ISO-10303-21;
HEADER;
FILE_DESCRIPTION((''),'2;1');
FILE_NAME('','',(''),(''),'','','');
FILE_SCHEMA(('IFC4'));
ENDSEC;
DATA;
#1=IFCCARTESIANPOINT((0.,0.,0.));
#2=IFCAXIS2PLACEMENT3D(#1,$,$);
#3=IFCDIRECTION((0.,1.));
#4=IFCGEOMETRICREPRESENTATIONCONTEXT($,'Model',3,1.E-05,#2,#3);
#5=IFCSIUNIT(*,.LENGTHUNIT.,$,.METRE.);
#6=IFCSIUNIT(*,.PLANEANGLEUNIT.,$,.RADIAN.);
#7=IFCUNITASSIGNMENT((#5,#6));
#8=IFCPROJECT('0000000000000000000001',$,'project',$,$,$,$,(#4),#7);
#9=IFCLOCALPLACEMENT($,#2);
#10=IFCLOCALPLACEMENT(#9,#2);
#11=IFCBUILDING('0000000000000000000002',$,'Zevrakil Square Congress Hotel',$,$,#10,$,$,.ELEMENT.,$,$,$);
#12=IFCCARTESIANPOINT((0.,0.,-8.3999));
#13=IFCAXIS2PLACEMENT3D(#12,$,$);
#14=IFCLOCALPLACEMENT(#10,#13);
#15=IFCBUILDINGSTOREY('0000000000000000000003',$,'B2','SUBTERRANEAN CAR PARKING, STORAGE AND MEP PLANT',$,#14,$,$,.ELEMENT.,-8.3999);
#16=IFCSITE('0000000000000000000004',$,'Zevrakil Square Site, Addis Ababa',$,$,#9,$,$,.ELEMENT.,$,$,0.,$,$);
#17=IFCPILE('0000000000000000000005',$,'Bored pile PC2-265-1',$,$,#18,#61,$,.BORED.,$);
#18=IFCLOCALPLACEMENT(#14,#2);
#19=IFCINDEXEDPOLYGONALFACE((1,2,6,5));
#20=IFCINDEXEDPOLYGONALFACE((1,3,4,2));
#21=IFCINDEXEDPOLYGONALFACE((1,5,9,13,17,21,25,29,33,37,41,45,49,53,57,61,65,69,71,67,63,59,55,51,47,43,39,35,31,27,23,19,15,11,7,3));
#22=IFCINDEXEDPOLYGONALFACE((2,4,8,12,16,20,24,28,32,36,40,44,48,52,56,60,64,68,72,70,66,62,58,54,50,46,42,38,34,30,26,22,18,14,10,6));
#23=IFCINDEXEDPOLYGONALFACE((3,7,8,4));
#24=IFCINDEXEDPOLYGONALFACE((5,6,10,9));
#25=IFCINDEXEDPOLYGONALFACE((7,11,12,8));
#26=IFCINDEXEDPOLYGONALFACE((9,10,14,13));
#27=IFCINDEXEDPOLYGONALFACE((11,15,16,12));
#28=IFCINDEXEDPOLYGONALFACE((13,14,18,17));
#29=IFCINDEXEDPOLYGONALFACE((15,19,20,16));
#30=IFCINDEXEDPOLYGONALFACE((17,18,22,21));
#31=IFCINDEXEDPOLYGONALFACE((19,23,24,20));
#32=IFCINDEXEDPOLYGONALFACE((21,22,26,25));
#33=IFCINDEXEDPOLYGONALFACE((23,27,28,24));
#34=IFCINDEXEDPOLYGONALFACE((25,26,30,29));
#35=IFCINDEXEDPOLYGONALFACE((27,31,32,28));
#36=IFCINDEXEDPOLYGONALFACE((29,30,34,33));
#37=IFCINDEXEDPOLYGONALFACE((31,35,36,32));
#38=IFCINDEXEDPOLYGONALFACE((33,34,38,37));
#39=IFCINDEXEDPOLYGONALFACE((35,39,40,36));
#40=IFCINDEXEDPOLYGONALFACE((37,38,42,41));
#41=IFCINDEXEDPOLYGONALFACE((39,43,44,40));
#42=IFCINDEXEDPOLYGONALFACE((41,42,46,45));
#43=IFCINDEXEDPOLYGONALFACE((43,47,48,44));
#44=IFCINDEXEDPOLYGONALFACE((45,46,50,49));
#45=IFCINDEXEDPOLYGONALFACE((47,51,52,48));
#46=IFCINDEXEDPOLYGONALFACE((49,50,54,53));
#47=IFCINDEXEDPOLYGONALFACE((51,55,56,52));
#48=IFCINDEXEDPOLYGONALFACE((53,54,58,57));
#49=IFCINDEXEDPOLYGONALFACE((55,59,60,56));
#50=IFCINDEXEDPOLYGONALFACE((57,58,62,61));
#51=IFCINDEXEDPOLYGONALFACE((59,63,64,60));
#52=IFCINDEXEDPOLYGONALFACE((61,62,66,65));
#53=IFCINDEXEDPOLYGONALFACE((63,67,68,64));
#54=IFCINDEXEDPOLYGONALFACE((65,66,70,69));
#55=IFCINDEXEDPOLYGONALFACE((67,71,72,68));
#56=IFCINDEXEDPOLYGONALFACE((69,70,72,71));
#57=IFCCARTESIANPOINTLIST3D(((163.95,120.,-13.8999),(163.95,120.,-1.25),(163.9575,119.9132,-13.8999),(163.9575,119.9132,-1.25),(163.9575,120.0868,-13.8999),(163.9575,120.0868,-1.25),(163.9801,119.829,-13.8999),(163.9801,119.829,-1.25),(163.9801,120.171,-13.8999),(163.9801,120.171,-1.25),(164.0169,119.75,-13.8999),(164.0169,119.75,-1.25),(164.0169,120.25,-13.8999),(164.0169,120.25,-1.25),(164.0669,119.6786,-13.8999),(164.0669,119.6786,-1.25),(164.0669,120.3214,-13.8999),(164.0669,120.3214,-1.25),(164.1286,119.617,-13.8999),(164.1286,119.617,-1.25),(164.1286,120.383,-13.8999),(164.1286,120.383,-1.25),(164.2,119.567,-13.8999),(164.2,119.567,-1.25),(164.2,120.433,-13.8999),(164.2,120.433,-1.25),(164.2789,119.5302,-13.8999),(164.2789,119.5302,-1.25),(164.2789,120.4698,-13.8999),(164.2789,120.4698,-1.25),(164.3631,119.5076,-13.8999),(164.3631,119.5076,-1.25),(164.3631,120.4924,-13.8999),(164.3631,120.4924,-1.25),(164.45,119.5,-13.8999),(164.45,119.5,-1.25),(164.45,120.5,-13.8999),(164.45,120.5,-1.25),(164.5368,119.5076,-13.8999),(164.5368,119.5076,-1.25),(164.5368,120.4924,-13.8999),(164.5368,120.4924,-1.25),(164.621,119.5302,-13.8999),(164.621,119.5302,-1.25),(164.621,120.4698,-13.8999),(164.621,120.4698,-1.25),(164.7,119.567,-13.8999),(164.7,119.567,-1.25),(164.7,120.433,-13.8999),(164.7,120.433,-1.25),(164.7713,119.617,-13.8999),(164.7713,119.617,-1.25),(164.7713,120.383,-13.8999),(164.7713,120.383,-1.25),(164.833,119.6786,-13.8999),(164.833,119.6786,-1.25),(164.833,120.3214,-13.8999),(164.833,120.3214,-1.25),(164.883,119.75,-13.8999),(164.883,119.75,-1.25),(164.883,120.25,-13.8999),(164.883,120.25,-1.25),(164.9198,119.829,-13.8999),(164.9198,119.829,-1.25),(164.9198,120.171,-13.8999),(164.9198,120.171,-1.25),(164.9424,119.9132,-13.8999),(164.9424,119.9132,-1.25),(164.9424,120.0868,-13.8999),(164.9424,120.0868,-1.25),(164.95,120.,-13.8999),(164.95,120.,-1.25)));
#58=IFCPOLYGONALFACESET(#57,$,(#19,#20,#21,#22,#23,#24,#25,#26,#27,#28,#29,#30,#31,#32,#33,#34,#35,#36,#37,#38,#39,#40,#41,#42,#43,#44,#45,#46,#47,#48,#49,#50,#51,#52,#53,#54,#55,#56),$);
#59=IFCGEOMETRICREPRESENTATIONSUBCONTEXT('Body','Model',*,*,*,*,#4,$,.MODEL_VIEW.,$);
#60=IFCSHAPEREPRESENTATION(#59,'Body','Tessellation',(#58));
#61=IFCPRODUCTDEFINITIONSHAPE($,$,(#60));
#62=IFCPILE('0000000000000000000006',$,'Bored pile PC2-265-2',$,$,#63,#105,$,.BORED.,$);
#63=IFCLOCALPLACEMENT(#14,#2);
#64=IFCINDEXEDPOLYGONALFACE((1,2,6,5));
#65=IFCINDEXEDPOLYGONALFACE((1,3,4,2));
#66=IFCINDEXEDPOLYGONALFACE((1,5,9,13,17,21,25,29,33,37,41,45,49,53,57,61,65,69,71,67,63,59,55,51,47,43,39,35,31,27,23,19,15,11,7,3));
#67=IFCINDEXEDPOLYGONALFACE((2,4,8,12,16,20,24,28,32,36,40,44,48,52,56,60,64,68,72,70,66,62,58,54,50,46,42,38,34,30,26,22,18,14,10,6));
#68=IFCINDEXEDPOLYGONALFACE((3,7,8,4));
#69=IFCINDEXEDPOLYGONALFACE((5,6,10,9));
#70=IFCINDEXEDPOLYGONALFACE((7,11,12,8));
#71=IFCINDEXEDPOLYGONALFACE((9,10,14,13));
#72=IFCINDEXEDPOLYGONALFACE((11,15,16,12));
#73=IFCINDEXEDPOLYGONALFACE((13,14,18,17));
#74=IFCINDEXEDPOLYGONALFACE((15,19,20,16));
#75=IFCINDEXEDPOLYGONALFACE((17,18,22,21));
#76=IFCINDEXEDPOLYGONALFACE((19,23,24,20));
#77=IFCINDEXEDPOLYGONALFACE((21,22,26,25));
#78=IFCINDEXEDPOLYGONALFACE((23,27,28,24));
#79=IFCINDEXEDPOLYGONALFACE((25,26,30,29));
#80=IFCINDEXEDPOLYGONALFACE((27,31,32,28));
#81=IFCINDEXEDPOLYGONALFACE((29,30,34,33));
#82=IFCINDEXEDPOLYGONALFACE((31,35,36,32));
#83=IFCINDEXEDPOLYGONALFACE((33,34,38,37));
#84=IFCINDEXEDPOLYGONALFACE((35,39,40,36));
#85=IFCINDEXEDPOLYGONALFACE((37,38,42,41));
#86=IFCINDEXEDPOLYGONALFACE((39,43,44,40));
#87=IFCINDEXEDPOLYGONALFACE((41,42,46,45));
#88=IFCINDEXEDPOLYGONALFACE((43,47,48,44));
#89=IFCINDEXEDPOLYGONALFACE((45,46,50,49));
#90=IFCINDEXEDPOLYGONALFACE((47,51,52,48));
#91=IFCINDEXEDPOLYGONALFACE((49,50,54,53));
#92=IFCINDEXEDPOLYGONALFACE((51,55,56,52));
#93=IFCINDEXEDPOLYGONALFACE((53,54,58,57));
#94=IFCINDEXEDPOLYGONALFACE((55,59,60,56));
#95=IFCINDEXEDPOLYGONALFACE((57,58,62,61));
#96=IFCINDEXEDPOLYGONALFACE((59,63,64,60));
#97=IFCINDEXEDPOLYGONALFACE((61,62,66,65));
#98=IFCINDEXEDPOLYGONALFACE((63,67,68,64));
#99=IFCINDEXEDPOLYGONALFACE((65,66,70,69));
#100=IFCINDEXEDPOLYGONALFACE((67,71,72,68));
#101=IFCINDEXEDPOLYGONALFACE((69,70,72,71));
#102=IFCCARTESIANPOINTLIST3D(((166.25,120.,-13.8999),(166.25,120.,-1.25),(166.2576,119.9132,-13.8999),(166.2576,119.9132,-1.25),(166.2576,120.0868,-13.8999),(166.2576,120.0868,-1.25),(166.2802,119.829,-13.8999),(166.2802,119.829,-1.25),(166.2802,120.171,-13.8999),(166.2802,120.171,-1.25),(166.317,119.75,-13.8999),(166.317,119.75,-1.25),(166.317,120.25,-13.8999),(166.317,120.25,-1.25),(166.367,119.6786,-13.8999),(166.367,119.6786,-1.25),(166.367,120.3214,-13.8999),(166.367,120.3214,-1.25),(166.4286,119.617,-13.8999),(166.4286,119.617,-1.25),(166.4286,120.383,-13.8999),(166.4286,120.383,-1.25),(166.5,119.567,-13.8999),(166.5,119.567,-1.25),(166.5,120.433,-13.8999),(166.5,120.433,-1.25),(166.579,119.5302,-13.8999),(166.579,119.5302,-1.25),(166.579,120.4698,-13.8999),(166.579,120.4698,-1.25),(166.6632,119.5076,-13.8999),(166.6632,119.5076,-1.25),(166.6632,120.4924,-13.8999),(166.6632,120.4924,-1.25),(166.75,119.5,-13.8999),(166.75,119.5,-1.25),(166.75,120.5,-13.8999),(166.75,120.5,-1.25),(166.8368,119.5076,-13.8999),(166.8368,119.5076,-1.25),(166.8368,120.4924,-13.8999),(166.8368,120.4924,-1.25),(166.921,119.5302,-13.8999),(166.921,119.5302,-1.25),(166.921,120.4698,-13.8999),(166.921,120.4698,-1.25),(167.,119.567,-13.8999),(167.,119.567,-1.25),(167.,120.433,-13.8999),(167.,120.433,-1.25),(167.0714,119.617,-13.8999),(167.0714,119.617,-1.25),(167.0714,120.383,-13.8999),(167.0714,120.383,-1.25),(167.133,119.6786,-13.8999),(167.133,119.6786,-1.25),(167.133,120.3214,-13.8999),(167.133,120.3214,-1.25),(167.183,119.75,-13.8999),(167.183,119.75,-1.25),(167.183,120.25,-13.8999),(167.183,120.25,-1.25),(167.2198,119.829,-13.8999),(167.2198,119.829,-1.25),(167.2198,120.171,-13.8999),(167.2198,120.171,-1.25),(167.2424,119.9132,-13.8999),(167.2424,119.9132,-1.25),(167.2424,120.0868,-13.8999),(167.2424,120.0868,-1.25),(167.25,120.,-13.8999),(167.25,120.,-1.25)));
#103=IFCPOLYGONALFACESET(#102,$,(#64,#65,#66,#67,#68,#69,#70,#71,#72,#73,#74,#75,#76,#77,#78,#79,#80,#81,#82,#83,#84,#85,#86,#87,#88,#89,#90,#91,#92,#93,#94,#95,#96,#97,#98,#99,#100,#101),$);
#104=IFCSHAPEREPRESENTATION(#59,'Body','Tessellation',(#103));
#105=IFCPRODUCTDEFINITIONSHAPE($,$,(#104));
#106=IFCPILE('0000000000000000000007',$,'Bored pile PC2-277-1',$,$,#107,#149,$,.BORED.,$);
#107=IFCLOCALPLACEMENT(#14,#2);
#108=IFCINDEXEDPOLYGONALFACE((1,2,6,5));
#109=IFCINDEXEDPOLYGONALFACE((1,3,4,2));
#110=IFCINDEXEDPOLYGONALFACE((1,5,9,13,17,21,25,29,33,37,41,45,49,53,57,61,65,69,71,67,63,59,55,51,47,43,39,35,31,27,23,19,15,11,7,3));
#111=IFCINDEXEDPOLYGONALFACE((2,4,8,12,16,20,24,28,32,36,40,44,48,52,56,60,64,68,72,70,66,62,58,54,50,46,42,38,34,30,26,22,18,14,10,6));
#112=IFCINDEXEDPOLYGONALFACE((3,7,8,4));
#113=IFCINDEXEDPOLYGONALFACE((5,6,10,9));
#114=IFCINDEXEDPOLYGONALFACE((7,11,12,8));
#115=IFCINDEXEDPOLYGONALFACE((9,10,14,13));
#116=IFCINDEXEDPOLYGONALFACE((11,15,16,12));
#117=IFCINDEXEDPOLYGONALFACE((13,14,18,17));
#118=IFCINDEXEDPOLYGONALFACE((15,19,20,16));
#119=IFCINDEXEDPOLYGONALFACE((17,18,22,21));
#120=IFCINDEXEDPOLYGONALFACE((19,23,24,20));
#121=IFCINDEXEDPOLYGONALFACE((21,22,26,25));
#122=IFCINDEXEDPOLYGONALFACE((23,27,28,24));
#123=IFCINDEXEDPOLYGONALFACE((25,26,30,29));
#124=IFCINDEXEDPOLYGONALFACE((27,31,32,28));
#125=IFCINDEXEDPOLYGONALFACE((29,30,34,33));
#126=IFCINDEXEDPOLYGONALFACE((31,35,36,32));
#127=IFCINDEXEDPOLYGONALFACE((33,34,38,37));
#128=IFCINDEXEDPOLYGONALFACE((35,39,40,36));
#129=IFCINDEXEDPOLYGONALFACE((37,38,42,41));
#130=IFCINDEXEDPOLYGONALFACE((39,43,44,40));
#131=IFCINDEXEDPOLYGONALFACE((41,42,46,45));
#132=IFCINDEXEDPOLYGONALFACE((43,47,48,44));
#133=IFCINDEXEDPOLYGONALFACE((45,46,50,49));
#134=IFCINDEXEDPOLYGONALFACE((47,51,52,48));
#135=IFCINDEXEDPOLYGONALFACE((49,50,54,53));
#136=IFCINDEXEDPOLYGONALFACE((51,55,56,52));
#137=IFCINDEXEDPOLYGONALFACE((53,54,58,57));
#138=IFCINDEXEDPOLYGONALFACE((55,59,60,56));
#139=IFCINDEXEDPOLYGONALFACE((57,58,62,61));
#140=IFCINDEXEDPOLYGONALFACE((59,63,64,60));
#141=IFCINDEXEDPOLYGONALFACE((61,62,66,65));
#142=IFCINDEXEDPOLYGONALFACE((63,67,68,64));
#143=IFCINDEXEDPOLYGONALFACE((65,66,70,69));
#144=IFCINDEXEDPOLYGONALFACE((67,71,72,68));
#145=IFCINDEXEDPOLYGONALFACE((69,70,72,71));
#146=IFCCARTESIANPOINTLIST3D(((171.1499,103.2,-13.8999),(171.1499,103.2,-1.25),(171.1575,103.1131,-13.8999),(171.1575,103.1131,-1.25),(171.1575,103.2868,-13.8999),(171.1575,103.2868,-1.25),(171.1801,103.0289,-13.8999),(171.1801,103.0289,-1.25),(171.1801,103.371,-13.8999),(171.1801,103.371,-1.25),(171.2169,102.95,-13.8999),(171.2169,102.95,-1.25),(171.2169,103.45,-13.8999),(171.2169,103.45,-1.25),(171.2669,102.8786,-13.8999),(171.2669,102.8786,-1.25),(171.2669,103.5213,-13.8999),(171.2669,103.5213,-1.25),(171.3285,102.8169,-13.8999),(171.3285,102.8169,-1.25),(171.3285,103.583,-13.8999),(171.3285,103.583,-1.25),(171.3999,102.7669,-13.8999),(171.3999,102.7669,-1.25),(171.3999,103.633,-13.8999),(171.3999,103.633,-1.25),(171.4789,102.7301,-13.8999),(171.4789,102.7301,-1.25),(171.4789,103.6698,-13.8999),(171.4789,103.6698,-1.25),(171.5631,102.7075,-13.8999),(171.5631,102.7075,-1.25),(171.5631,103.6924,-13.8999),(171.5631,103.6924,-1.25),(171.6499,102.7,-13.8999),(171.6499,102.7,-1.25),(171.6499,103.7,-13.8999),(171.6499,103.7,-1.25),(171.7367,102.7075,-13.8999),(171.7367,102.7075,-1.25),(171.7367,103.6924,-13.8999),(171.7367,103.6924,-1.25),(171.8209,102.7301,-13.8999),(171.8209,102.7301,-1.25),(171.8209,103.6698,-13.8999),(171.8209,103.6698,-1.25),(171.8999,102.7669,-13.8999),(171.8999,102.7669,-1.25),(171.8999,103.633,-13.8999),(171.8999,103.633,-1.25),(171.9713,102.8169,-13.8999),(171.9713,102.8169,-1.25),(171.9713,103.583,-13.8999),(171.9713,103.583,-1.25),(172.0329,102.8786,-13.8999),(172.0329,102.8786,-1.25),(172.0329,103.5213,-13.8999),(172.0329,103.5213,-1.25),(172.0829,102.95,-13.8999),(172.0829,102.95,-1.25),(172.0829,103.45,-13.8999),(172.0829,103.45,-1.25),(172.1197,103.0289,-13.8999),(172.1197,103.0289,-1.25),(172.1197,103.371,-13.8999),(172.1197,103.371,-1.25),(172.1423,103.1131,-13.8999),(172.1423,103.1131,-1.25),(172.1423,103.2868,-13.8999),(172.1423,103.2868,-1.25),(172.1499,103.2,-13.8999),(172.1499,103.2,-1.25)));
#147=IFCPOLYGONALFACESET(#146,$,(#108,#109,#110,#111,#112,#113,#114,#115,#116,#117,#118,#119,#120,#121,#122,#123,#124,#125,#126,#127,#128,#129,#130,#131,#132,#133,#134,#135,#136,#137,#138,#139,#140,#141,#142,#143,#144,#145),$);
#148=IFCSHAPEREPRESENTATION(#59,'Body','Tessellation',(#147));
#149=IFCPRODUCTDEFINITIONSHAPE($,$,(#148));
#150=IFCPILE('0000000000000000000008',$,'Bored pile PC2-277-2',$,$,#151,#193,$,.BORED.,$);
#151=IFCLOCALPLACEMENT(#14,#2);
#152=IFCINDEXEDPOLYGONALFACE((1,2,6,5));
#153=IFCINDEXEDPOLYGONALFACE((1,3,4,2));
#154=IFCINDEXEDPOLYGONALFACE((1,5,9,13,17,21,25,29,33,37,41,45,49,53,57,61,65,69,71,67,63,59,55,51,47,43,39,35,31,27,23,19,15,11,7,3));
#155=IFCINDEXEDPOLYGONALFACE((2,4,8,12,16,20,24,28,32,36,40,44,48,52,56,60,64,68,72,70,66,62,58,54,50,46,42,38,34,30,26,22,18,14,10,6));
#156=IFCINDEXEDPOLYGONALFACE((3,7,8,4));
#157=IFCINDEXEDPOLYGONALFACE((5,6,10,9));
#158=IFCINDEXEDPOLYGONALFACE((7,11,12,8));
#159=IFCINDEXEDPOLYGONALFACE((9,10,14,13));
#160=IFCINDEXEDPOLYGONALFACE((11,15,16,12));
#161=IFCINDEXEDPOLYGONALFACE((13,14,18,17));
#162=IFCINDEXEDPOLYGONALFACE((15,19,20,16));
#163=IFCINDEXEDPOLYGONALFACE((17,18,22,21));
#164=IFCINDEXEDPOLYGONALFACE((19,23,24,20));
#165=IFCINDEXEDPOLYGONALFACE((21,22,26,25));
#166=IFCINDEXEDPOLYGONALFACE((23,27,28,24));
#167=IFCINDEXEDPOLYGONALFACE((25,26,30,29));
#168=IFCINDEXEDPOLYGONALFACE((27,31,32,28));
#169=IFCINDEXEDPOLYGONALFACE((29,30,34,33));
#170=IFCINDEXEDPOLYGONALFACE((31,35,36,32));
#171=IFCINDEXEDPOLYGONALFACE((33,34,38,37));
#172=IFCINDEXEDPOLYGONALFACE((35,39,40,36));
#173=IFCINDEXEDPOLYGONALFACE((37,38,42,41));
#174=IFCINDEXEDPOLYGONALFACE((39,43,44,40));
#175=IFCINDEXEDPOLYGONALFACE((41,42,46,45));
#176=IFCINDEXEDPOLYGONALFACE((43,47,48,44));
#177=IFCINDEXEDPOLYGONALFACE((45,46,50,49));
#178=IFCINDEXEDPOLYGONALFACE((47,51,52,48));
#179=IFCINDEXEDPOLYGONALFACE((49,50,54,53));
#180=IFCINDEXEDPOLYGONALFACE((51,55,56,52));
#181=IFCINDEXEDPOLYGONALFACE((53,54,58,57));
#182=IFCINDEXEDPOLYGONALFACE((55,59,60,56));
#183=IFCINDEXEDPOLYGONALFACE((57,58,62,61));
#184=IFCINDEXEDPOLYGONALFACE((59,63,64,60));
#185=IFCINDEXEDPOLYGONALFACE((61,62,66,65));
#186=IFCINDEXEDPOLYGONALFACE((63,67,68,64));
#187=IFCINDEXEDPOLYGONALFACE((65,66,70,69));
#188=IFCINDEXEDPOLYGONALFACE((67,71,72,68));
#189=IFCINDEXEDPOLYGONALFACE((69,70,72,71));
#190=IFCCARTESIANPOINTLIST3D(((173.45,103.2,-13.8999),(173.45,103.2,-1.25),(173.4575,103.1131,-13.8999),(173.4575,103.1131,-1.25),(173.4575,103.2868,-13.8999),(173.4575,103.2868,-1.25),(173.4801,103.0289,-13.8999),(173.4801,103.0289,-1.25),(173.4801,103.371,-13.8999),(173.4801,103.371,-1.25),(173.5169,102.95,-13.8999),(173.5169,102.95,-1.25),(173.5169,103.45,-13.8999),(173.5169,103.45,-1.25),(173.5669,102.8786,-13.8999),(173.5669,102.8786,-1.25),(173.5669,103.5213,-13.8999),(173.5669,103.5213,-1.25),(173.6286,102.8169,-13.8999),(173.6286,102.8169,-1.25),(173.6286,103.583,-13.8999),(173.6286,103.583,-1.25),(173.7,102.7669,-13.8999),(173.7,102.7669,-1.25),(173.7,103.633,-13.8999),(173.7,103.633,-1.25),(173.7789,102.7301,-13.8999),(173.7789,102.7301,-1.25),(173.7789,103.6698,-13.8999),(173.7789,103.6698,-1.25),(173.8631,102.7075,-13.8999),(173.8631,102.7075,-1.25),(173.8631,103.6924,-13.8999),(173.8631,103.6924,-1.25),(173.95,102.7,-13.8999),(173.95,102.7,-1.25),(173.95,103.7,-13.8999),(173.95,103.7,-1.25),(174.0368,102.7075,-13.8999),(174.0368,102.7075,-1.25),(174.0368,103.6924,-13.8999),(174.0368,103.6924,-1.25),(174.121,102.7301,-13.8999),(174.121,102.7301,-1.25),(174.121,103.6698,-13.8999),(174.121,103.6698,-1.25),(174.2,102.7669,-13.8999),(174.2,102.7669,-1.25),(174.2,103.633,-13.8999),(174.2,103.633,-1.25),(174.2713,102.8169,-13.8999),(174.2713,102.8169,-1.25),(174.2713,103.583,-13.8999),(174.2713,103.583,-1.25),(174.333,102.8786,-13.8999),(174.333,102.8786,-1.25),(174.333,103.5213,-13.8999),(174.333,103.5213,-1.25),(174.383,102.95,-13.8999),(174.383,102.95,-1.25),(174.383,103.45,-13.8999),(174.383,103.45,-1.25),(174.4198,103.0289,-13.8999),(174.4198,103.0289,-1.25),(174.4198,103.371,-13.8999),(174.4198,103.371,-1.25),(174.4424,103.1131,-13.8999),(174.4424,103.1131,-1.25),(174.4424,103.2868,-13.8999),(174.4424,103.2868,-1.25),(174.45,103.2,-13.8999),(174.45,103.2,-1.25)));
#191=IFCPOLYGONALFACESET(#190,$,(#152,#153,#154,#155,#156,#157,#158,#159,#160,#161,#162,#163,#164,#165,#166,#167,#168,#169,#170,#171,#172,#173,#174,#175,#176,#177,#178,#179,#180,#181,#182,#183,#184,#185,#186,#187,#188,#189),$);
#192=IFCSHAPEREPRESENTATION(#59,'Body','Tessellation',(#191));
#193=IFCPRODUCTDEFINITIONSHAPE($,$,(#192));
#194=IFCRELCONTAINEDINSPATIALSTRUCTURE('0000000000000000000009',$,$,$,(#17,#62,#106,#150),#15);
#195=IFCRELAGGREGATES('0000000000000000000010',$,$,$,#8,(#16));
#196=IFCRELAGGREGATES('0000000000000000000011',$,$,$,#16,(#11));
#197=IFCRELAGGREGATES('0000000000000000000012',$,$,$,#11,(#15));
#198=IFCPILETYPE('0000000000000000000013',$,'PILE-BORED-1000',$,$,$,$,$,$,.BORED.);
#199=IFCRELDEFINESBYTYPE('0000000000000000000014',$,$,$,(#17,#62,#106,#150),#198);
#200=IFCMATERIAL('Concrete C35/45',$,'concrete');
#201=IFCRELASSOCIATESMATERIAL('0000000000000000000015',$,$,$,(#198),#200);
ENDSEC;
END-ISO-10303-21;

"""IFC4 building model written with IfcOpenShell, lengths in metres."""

from ifc_helpers import new_model, si_unit, direction, frame, origin, origin_2d, place, context, subcontext, project, spatial, circle, extrude, material, material_profile, profile_set, type_object, element, save


model = new_model("IFC4")

# Units and contexts
model_context = context("Model", 3, precision=1e-05, world=origin(), true_north=direction((0.0, 1.0)))
body_context = subcontext(model_context, "Body", "Model", "MODEL_VIEW")
ifc_project = project(units=[si_unit("LENGTHUNIT", "METRE"), si_unit("PLANEANGLEUNIT", "RADIAN")], contexts=[model_context])

# Site, building, storey
site_placement = place(None, origin())
site = spatial("IfcSite", under=ifc_project, at=site_placement, Name="Zevrakil Square Site, Addis Ababa", CompositionType="ELEMENT", RefElevation=0.0)
building_placement = place(site_placement, origin())
building = spatial("IfcBuilding", under=site, at=building_placement, Name="Zevrakil Square Congress Hotel", CompositionType="ELEMENT")
storey_placement = place(building_placement, frame((0.0, 0.0, -8.3999)))
storey = spatial("IfcBuildingStorey", under=building, at=storey_placement, Name="B2", Description="SUBTERRANEAN CAR PARKING, STORAGE AND MEP PLANT", CompositionType="ELEMENT", Elevation=-8.3999)

# Piles
ifc_material_1 = material(Name="Concrete C35/45", Category="concrete")
ifc_material_profile_1 = material_profile(ifc_material_1, circle(Radius=0.5, at=origin_2d()), Name="PILE D1000")
ifc_profile_set_1 = profile_set([ifc_material_profile_1], Name="Concrete C35/45")
pile_type_1 = type_object("IfcPileType", Name="PILE-BORED-1000", PredefinedType="BORED", material=ifc_profile_set_1)
for number, where, z_axis, x_axis, name in (
    (1, (164.45, 120.0, -1.25), (0.0, 0.0, -1.0), (1.0, 0.0, 0.0), "Bored pile PC2-265-1"),
    (2, (166.75, 120.0, -1.25), (0.0, 0.0, -1.0), (1.0, 0.0, 0.0), "Bored pile PC2-265-2"),
    (3, (171.6499, 103.2, -1.25), (0.0, 0.0, -1.0), (1.0, 0.0, 0.0), "Bored pile PC2-277-1"),
    (4, (173.95, 103.2, -1.25), (0.0, 0.0, -1.0), (1.0, 0.0, 0.0), "Bored pile PC2-277-2"),
):
    element("IfcPile", number, at=place(storey_placement, frame(where, z_axis=z_axis, x_axis=x_axis)), inside=storey, type_object=pile_type_1, Name=name, PredefinedType="BORED", context=body_context, shape_type="SweptSolid", body=[
        extrude(circle(Radius=0.5, at=origin_2d()), origin(), (0.0, 0.0, 1.0), 12.6499),
    ])

save(model, "model.ifc")
